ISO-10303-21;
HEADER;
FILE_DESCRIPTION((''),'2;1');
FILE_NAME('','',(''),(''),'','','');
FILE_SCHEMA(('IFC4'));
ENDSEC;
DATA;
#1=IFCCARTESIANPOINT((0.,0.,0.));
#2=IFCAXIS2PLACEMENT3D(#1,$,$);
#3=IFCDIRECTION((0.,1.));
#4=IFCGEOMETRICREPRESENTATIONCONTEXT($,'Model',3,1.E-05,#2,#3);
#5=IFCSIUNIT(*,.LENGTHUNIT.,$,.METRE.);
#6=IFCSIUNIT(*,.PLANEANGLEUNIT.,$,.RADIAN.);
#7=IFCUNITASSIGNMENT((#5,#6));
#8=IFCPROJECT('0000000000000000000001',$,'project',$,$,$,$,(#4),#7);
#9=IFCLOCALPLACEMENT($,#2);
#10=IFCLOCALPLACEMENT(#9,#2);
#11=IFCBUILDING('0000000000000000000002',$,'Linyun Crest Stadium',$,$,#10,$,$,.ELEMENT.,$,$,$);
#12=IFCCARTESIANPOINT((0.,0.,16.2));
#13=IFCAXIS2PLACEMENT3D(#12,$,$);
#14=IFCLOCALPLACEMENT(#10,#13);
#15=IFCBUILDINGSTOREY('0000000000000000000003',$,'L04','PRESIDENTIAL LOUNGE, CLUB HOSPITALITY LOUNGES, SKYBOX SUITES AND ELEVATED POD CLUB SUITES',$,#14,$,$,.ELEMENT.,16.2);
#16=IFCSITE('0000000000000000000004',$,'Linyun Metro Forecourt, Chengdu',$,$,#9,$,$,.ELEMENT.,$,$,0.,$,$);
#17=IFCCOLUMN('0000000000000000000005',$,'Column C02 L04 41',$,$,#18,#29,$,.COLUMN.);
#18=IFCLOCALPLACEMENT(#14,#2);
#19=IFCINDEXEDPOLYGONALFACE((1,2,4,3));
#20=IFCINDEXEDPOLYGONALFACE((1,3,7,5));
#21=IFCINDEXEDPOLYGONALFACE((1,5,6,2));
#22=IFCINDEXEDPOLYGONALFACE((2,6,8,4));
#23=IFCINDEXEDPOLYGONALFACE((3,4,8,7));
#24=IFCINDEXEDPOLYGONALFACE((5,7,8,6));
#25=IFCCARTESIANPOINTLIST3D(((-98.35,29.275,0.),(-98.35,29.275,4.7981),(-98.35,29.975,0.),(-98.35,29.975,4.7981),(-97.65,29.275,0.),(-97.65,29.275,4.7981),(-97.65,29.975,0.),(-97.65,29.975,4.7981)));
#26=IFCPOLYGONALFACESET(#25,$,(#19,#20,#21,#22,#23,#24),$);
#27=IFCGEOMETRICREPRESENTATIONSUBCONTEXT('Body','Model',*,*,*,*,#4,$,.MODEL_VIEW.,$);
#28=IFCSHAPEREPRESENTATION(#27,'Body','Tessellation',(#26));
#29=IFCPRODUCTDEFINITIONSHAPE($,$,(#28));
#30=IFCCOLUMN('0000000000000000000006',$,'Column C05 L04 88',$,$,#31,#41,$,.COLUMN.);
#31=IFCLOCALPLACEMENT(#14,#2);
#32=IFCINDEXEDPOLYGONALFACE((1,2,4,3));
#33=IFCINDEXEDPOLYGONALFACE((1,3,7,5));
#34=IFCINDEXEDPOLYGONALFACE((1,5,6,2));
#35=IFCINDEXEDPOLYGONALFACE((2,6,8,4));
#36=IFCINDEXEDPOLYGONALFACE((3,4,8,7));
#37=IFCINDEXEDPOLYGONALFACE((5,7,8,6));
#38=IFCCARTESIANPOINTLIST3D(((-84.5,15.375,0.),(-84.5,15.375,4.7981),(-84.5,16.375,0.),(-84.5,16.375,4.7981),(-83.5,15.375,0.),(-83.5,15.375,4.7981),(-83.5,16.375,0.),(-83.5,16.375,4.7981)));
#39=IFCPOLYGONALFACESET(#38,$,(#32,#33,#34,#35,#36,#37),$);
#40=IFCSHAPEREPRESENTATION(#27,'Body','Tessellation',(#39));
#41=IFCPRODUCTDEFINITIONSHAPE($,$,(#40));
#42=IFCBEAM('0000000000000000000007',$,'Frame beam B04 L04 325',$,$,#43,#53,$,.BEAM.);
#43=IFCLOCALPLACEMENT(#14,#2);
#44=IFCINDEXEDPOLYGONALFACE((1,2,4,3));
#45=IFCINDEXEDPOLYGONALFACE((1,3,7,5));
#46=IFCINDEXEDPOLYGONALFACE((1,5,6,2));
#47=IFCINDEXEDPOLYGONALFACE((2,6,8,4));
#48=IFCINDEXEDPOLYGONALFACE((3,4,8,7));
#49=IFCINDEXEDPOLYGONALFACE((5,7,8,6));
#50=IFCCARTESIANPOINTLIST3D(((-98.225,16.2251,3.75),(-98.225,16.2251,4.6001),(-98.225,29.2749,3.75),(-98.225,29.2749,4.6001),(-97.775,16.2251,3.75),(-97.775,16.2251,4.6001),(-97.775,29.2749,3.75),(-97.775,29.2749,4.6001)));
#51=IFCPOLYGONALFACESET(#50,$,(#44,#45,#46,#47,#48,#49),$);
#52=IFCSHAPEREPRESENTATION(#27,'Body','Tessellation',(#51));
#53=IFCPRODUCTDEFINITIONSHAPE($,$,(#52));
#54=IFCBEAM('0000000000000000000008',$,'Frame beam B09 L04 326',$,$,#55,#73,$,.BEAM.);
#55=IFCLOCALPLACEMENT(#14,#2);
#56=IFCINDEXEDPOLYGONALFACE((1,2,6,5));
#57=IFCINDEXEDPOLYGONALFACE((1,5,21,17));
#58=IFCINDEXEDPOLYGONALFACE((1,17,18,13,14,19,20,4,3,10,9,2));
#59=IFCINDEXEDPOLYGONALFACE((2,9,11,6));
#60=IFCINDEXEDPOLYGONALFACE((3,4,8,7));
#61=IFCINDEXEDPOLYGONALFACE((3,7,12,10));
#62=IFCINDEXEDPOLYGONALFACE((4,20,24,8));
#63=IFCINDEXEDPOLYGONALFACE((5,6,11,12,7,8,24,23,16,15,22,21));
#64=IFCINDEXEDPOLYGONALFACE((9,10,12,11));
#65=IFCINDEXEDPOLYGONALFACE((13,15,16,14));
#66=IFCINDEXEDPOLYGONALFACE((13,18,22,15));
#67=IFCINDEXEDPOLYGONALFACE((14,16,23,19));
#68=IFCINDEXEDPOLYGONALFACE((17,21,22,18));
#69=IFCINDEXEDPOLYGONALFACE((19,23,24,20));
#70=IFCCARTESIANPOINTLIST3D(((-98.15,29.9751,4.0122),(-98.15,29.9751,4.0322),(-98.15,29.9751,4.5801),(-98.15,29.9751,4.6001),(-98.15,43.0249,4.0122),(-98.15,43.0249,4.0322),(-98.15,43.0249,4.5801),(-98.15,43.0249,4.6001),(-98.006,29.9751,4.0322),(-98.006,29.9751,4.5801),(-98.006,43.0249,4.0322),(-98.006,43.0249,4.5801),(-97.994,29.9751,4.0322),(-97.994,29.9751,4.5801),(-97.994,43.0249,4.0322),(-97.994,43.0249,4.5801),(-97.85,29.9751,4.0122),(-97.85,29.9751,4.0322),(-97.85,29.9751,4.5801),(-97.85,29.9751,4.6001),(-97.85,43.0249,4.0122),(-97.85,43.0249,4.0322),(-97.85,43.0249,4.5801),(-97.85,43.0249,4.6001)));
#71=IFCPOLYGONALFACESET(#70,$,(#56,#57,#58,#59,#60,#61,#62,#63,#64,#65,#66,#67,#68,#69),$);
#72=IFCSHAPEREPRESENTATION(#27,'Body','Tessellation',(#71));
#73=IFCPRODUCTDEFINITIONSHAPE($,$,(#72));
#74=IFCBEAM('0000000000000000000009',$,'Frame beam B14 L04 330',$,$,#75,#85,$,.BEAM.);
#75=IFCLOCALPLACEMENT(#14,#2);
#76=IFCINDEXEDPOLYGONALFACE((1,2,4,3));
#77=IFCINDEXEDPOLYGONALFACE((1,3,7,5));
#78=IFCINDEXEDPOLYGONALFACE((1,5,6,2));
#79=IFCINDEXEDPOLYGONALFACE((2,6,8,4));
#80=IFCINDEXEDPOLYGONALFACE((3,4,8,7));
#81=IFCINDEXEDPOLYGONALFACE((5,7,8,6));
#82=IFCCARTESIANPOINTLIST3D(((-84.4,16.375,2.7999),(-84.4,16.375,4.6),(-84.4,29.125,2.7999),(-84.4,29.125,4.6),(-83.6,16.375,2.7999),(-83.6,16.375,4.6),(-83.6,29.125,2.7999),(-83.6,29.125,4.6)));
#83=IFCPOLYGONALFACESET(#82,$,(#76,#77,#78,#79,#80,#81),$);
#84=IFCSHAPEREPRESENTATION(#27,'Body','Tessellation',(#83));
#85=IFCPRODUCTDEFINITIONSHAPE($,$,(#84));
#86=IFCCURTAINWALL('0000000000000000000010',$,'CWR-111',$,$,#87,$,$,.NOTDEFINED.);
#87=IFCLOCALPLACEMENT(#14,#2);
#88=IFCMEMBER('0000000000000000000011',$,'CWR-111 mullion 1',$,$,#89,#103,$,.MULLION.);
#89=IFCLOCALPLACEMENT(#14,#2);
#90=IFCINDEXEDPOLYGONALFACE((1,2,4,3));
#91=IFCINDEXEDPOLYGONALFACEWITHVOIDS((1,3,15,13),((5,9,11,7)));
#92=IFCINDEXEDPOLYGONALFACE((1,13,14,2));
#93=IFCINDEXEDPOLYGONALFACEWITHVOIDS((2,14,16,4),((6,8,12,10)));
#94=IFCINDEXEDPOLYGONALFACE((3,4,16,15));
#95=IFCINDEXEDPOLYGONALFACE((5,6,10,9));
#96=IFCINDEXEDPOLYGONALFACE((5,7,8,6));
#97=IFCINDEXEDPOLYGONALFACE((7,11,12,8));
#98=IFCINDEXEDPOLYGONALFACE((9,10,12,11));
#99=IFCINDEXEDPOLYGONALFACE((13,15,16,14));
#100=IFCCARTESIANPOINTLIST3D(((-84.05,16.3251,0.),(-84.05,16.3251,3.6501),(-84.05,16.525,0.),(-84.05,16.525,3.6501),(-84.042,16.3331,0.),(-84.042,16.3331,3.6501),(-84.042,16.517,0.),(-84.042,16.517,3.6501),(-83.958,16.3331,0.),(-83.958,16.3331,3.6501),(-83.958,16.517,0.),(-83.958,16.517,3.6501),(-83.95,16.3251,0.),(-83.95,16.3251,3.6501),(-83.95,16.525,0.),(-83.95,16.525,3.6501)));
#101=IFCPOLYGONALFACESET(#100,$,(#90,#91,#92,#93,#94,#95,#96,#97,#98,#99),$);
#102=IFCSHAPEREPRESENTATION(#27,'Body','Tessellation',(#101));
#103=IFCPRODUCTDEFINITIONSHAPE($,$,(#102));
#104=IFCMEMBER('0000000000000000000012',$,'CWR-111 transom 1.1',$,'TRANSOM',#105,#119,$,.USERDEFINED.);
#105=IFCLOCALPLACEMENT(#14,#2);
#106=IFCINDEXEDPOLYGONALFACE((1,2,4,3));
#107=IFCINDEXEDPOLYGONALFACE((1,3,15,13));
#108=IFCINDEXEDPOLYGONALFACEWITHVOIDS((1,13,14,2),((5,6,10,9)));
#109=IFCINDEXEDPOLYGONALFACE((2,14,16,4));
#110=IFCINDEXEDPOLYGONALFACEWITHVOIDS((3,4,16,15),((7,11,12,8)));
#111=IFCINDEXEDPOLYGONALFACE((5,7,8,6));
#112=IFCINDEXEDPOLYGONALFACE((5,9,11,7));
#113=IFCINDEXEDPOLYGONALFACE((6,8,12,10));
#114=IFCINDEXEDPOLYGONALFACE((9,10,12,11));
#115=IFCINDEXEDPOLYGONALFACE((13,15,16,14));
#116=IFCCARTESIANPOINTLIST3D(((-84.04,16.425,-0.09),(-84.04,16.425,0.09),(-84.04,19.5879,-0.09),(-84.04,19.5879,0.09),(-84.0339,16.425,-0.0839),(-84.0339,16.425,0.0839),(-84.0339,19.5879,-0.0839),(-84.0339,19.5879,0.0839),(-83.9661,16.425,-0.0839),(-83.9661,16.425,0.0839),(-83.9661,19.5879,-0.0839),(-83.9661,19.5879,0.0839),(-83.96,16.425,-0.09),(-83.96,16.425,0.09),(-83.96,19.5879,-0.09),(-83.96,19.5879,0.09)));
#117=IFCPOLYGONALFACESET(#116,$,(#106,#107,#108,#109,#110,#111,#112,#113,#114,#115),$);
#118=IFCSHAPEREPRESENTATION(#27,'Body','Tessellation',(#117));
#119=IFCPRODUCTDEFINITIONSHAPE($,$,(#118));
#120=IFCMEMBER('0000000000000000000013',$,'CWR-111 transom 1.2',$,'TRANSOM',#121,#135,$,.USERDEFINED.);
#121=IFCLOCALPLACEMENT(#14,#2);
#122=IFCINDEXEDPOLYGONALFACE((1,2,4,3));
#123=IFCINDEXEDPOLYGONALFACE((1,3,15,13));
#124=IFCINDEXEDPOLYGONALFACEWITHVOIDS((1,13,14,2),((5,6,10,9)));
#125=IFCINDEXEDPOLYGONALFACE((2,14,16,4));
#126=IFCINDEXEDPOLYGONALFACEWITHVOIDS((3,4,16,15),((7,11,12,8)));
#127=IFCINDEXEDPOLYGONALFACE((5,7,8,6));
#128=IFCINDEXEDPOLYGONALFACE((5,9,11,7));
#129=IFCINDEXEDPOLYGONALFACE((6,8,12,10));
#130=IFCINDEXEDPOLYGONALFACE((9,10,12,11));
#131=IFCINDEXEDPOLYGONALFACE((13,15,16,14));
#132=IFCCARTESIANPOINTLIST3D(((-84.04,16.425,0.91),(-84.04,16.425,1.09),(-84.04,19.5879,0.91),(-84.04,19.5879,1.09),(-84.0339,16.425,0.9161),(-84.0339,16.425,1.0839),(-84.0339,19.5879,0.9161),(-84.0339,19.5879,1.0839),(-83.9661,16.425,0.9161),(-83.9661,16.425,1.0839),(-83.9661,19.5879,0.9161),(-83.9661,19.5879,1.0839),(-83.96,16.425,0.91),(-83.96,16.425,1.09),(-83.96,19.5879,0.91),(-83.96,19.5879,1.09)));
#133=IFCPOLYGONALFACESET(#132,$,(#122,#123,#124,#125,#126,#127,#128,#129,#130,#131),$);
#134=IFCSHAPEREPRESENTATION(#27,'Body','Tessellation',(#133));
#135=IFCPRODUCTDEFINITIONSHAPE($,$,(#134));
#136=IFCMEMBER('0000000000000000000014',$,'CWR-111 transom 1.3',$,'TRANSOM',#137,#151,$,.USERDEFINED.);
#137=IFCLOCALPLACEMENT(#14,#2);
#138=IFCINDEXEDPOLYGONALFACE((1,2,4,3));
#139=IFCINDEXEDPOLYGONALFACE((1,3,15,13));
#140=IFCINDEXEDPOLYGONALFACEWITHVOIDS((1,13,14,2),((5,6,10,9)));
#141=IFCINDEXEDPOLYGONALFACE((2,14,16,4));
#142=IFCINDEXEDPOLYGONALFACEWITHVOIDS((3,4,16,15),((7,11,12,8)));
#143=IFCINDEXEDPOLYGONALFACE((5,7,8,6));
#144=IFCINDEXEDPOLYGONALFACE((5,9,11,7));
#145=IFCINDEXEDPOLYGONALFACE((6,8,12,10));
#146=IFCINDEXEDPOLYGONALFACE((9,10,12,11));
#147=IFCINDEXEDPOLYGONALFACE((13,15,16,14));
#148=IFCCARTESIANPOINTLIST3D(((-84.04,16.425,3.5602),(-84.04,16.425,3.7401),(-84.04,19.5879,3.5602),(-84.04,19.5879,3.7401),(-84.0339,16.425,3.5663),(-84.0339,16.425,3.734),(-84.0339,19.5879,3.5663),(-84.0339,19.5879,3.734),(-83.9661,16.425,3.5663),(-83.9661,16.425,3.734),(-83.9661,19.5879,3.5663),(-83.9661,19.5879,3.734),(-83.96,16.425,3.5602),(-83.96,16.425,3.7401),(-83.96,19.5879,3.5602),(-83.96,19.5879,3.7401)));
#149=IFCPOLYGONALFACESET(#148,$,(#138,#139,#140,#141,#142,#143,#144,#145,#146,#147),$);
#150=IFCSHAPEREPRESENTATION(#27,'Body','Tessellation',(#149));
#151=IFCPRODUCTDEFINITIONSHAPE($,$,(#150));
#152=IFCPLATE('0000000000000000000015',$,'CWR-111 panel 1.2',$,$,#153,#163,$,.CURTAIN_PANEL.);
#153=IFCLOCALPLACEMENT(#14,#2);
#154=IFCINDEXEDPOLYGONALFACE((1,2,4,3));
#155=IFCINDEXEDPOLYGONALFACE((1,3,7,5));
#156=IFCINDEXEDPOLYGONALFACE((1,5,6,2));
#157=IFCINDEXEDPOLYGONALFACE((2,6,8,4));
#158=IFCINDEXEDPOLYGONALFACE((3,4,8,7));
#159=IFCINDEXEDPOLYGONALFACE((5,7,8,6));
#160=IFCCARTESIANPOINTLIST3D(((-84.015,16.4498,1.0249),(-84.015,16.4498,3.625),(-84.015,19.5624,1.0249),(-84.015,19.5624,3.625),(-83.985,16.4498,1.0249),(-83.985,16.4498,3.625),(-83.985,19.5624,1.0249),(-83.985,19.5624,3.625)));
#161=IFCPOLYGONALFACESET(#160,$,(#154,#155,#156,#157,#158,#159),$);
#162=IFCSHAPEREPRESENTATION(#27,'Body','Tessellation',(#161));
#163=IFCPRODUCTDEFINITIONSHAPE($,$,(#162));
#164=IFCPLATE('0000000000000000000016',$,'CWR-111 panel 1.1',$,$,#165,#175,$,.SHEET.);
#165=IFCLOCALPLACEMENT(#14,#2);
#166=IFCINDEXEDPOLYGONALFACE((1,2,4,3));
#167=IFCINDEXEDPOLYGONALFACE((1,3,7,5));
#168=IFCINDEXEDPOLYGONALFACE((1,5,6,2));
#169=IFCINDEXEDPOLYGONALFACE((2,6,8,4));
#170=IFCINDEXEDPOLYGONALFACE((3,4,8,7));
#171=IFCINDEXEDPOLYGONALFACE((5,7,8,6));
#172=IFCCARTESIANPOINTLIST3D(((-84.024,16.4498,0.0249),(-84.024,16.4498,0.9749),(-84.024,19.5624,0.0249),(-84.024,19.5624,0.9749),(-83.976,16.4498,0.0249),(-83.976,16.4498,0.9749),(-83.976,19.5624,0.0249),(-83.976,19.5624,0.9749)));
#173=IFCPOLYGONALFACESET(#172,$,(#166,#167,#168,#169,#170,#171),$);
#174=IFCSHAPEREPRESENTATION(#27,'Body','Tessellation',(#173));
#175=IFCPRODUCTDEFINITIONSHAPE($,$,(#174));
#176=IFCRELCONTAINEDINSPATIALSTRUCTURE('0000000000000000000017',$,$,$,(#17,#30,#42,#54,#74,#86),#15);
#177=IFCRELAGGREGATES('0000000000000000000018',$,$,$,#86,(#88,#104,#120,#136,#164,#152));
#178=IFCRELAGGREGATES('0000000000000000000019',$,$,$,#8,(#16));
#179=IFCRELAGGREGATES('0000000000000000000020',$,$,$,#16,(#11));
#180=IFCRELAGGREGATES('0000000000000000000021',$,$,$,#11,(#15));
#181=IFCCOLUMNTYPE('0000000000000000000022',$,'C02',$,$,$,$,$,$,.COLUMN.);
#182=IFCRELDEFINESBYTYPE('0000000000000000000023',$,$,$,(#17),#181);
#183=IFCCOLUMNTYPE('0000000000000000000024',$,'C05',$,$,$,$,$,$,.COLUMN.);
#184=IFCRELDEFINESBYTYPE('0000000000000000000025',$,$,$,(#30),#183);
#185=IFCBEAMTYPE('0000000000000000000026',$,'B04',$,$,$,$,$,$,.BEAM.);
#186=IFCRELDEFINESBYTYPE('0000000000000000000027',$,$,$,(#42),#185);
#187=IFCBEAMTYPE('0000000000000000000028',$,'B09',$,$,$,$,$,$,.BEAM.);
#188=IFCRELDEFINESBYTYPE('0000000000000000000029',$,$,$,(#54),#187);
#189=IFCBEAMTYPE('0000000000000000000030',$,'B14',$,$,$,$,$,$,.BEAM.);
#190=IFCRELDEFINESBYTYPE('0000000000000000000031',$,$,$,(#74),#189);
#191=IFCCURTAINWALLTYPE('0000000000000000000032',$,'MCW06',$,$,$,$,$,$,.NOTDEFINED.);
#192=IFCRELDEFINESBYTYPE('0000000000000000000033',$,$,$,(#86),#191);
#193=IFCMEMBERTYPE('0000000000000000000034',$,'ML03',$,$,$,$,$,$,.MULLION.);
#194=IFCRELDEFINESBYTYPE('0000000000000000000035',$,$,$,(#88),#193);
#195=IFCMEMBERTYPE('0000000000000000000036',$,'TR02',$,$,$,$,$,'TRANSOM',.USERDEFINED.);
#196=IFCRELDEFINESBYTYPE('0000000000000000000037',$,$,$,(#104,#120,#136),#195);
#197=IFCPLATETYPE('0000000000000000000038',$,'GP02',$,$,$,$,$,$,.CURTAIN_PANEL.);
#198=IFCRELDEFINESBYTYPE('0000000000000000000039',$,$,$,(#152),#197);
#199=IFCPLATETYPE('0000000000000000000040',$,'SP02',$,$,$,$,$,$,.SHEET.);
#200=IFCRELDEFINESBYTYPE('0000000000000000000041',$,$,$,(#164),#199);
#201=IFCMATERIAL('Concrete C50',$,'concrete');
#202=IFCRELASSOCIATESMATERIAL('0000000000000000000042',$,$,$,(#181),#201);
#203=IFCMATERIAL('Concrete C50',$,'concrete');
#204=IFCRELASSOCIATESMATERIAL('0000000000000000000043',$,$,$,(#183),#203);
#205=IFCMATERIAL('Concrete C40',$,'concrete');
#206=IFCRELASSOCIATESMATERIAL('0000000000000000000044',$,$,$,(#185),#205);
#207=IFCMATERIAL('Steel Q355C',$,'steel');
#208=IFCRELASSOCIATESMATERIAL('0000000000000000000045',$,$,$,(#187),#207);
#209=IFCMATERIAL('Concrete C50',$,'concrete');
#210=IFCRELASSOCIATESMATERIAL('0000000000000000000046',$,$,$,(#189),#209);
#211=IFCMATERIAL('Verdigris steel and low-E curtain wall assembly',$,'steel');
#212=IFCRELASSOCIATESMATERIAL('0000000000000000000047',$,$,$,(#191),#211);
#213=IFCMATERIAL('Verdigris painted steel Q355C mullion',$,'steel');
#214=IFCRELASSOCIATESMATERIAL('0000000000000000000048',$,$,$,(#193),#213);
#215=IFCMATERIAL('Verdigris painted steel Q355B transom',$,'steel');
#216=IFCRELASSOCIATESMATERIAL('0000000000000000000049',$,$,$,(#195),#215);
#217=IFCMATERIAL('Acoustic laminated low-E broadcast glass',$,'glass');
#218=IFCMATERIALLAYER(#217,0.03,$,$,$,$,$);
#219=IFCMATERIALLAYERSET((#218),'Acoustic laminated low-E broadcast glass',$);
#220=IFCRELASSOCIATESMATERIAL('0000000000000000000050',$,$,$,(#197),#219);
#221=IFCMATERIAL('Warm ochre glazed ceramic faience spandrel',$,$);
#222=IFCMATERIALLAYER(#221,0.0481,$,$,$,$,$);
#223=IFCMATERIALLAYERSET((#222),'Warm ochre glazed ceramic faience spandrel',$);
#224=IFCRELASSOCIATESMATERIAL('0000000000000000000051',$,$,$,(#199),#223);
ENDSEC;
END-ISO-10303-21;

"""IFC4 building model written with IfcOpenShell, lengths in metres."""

from ifc_helpers import new_model, si_unit, direction, frame, origin, origin_2d, place, context, subcontext, project, spatial, rectangle, hollow_rectangle, i_section, extrude, material, layer, layer_set, material_profile, profile_set, type_object, element, aggregate, save


model = new_model("IFC4")

# Units and contexts
model_context = context("Model", 3, precision=1e-05, world=origin(), true_north=direction((0.0, 1.0)))
body_context = subcontext(model_context, "Body", "Model", "MODEL_VIEW")
ifc_project = project(units=[si_unit("LENGTHUNIT", "METRE"), si_unit("PLANEANGLEUNIT", "RADIAN")], contexts=[model_context])

# Site, building, storey
site_placement = place(None, origin())
site = spatial("IfcSite", under=ifc_project, at=site_placement, Name="Linyun Metro Forecourt, Chengdu", CompositionType="ELEMENT", RefElevation=0.0)
building_placement = place(site_placement, origin())
building = spatial("IfcBuilding", under=site, at=building_placement, Name="Linyun Crest Stadium", CompositionType="ELEMENT")
storey_placement = place(building_placement, frame((0.0, 0.0, 16.2)))
storey = spatial("IfcBuildingStorey", under=building, at=storey_placement, Name="L04", Description="PRESIDENTIAL LOUNGE, CLUB HOSPITALITY LOUNGES, SKYBOX SUITES AND ELEVATED POD CLUB SUITES", CompositionType="ELEMENT", Elevation=16.2)

# Columns
ifc_material_1 = material(Name="Concrete C50", Category="concrete")
ifc_material_profile_1 = material_profile(ifc_material_1, rectangle(XDim=0.7, YDim=0.7, at=origin_2d()), Name="RC 700x700")
ifc_profile_set_1 = profile_set([ifc_material_profile_1], Name="Concrete C50")
column_type_1 = type_object("IfcColumnType", Name="C02", PredefinedType="COLUMN", material=ifc_profile_set_1)
column_1_placement = place(storey_placement, frame((-98.0, 29.625, 0.0), z_axis=(0.0, 0.0, 1.0), x_axis=(1.0, 0.0, 0.0)))
element("IfcColumn", 1, at=column_1_placement, inside=storey, type_object=column_type_1, Name="Column C02 L04 41", PredefinedType="COLUMN", context=body_context, shape_type="SweptSolid", body=[
    extrude(rectangle(XDim=0.7, YDim=0.7, at=origin_2d()), origin(), (0.0, 0.0, 1.0), 4.7981),
])
ifc_material_2 = material(Name="Concrete C50", Category="concrete")
ifc_material_profile_2 = material_profile(ifc_material_2, rectangle(XDim=1.0, YDim=1.0, at=origin_2d()), Name="RC 1000x1000")
ifc_profile_set_2 = profile_set([ifc_material_profile_2], Name="Concrete C50")
column_type_2 = type_object("IfcColumnType", Name="C05", PredefinedType="COLUMN", material=ifc_profile_set_2)
column_2_placement = place(storey_placement, frame((-84.0, 15.875, 0.0), z_axis=(0.0, 0.0, 1.0), x_axis=(1.0, 0.0, 0.0)))
element("IfcColumn", 2, at=column_2_placement, inside=storey, type_object=column_type_2, Name="Column C05 L04 88", PredefinedType="COLUMN", context=body_context, shape_type="SweptSolid", body=[
    extrude(rectangle(XDim=1.0, YDim=1.0, at=origin_2d()), origin(), (0.0, 0.0, 1.0), 4.7981),
])

# Beams
ifc_material_3 = material(Name="Concrete C40", Category="concrete")
ifc_material_profile_3 = material_profile(ifc_material_3, rectangle(XDim=0.45, YDim=0.8501, at=origin_2d()), Name="RCB 850x450")
ifc_profile_set_3 = profile_set([ifc_material_profile_3], Name="Concrete C40")
beam_type_1 = type_object("IfcBeamType", Name="B04", PredefinedType="BEAM", material=ifc_profile_set_3)
beam_1_placement = place(storey_placement, frame((-98.0, 16.2251, 4.175), z_axis=(0.0, 1.0, 0.0), x_axis=(-1.0, 0.0, 0.0)))
element("IfcBeam", 3, at=beam_1_placement, inside=storey, type_object=beam_type_1, Name="Frame beam B04 L04 325", PredefinedType="BEAM", context=body_context, shape_type="SweptSolid", body=[
    extrude(rectangle(XDim=0.45, YDim=0.8501, at=origin_2d()), origin(), (0.0, 0.0, 1.0), 13.0498),
])
ifc_material_4 = material(Name="Steel Q355C", Category="steel")
ifc_material_profile_4 = material_profile(ifc_material_4, i_section(OverallWidth=0.3, OverallDepth=0.5879, WebThickness=0.012, FlangeThickness=0.02, at=origin_2d()), Name="HM 588x300")
ifc_profile_set_4 = profile_set([ifc_material_profile_4], Name="Steel Q355C")
beam_type_2 = type_object("IfcBeamType", Name="B09", PredefinedType="BEAM", material=ifc_profile_set_4)
beam_2_placement = place(storey_placement, frame((-98.0, 29.9751, 4.3062), z_axis=(0.0, 1.0, 0.0), x_axis=(-1.0, 0.0, 0.0)))
element("IfcBeam", 4, at=beam_2_placement, inside=storey, type_object=beam_type_2, Name="Frame beam B09 L04 326", PredefinedType="BEAM", context=body_context, shape_type="SweptSolid", body=[
    extrude(i_section(OverallWidth=0.3, OverallDepth=0.5879, WebThickness=0.012, FlangeThickness=0.02, at=origin_2d()), origin(), (0.0, 0.0, 1.0), 13.0498),
])
ifc_material_5 = material(Name="Concrete C50", Category="concrete")
ifc_material_profile_5 = material_profile(ifc_material_5, rectangle(XDim=0.8, YDim=1.8, at=origin_2d()), Name="RCB 1800x800")
ifc_profile_set_5 = profile_set([ifc_material_profile_5], Name="Concrete C50")
beam_type_3 = type_object("IfcBeamType", Name="B14", PredefinedType="BEAM", material=ifc_profile_set_5)
beam_3_placement = place(storey_placement, frame((-84.0, 16.375, 3.7), z_axis=(0.0, 1.0, 0.0), x_axis=(-1.0, 0.0, 0.0)))
element("IfcBeam", 5, at=beam_3_placement, inside=storey, type_object=beam_type_3, Name="Frame beam B14 L04 330", PredefinedType="BEAM", context=body_context, shape_type="SweptSolid", body=[
    extrude(rectangle(XDim=0.8, YDim=1.8, at=origin_2d()), origin(), (0.0, 0.0, 1.0), 12.75),
])

# Curtain wall, members, plates
ifc_material_6 = material(Name="Verdigris steel and low-E curtain wall assembly", Category="steel")
curtain_wall_type = type_object("IfcCurtainWallType", Name="MCW06", PredefinedType="NOTDEFINED", material=ifc_material_6)
curtain_wall_placement = place(storey_placement, origin())
curtain_wall = element("IfcCurtainWall", 6, at=curtain_wall_placement, inside=storey, type_object=curtain_wall_type, Name="CWR-111", PredefinedType="NOTDEFINED")
ifc_material_7 = material(Name="Verdigris painted steel Q355C mullion", Category="steel")
ifc_material_profile_6 = material_profile(ifc_material_7, hollow_rectangle(XDim=0.1001, YDim=0.2, WallThickness=0.0081, at=origin_2d()), Name="RHS 200x100x8")
ifc_profile_set_6 = profile_set([ifc_material_profile_6], Name="Verdigris painted steel Q355C mullion")
member_type_1 = type_object("IfcMemberType", Name="ML03", PredefinedType="MULLION", material=ifc_profile_set_6)
member_1_placement = place(storey_placement, frame((-84.0, 16.425, 0.0), z_axis=(0.0, 0.0, 1.0), x_axis=(-1.0, 0.0, 0.0)))
member_1 = element("IfcMember", 7, at=member_1_placement, type_object=member_type_1, Name="CWR-111 mullion 1", PredefinedType="MULLION", context=body_context, shape_type="SweptSolid", body=[
    extrude(hollow_rectangle(XDim=0.1001, YDim=0.2, WallThickness=0.0081, at=origin_2d()), origin(), (0.0, 0.0, 1.0), 3.6501),
])
ifc_material_8 = material(Name="Verdigris painted steel Q355B transom", Category="steel")
ifc_material_profile_7 = material_profile(ifc_material_8, hollow_rectangle(XDim=0.0801, YDim=0.1799, WallThickness=0.0061, at=origin_2d()), Name="RHS 180x80x6")
ifc_profile_set_7 = profile_set([ifc_material_profile_7], Name="Verdigris painted steel Q355B transom")
member_type_2 = type_object("IfcMemberType", Name="TR02", ElementType="TRANSOM", PredefinedType="USERDEFINED", material=ifc_profile_set_7)
member_2_placement = place(storey_placement, frame((-84.0, 16.425, 0.0), z_axis=(0.0, 1.0, 0.0), x_axis=(-1.0, 0.0, 0.0)))
member_2 = element("IfcMember", 8, at=member_2_placement, type_object=member_type_2, Name="CWR-111 transom 1.1", ObjectType="TRANSOM", PredefinedType="USERDEFINED", context=body_context, shape_type="SweptSolid", body=[
    extrude(hollow_rectangle(XDim=0.0801, YDim=0.1799, WallThickness=0.0061, at=origin_2d()), origin(), (0.0, 0.0, 1.0), 3.1628),
])
member_3_placement = place(storey_placement, frame((-84.0, 16.425, 1.0), z_axis=(0.0, 1.0, 0.0), x_axis=(-1.0, 0.0, 0.0)))
member_3 = element("IfcMember", 9, at=member_3_placement, type_object=member_type_2, Name="CWR-111 transom 1.2", ObjectType="TRANSOM", PredefinedType="USERDEFINED", context=body_context, shape_type="SweptSolid", body=[
    extrude(hollow_rectangle(XDim=0.0801, YDim=0.1799, WallThickness=0.0061, at=origin_2d()), origin(), (0.0, 0.0, 1.0), 3.1628),
])
member_4_placement = place(storey_placement, frame((-84.0, 16.425, 3.6501), z_axis=(0.0, 1.0, 0.0), x_axis=(-1.0, 0.0, 0.0)))
member_4 = element("IfcMember", 10, at=member_4_placement, type_object=member_type_2, Name="CWR-111 transom 1.3", ObjectType="TRANSOM", PredefinedType="USERDEFINED", context=body_context, shape_type="SweptSolid", body=[
    extrude(hollow_rectangle(XDim=0.0801, YDim=0.1799, WallThickness=0.0061, at=origin_2d()), origin(), (0.0, 0.0, 1.0), 3.1628),
])
ifc_material_9 = material(Name="Acoustic laminated low-E broadcast glass", Category="glass")
ifc_layer_1 = layer(ifc_material_9, 0.03)
ifc_layer_set_1 = layer_set([ifc_layer_1], Name="Acoustic laminated low-E broadcast glass")
plate_type_1 = type_object("IfcPlateType", Name="GP02", PredefinedType="CURTAIN_PANEL", material=ifc_layer_set_1)
plate_1_placement = place(storey_placement, frame((-84.0, 18.0061, 1.0249), z_axis=(0.0, 0.0, 1.0), x_axis=(0.0, 1.0, 0.0)))
plate_1 = element("IfcPlate", 11, at=plate_1_placement, type_object=plate_type_1, Name="CWR-111 panel 1.2", PredefinedType="CURTAIN_PANEL", context=body_context, shape_type="SweptSolid", body=[
    extrude(rectangle(XDim=3.1125, YDim=0.03, at=origin_2d()), origin(), (0.0, 0.0, 1.0), 2.6001),
])
ifc_material_10 = material(Name="Warm ochre glazed ceramic faience spandrel")
ifc_layer_2 = layer(ifc_material_10, 0.0481)
ifc_layer_set_2 = layer_set([ifc_layer_2], Name="Warm ochre glazed ceramic faience spandrel")
plate_type_2 = type_object("IfcPlateType", Name="SP02", PredefinedType="SHEET", material=ifc_layer_set_2)
plate_2_placement = place(storey_placement, frame((-84.0, 18.0061, 0.0249), z_axis=(0.0, 0.0, 1.0), x_axis=(0.0, 1.0, 0.0)))
plate_2 = element("IfcPlate", 12, at=plate_2_placement, type_object=plate_type_2, Name="CWR-111 panel 1.1", PredefinedType="SHEET", context=body_context, shape_type="SweptSolid", body=[
    extrude(rectangle(XDim=3.1125, YDim=0.0481, at=origin_2d()), origin(), (0.0, 0.0, 1.0), 0.95),
])
aggregate(curtain_wall, [member_1, member_2, member_3, member_4, plate_2, plate_1])

save(model, "model.ifc")
